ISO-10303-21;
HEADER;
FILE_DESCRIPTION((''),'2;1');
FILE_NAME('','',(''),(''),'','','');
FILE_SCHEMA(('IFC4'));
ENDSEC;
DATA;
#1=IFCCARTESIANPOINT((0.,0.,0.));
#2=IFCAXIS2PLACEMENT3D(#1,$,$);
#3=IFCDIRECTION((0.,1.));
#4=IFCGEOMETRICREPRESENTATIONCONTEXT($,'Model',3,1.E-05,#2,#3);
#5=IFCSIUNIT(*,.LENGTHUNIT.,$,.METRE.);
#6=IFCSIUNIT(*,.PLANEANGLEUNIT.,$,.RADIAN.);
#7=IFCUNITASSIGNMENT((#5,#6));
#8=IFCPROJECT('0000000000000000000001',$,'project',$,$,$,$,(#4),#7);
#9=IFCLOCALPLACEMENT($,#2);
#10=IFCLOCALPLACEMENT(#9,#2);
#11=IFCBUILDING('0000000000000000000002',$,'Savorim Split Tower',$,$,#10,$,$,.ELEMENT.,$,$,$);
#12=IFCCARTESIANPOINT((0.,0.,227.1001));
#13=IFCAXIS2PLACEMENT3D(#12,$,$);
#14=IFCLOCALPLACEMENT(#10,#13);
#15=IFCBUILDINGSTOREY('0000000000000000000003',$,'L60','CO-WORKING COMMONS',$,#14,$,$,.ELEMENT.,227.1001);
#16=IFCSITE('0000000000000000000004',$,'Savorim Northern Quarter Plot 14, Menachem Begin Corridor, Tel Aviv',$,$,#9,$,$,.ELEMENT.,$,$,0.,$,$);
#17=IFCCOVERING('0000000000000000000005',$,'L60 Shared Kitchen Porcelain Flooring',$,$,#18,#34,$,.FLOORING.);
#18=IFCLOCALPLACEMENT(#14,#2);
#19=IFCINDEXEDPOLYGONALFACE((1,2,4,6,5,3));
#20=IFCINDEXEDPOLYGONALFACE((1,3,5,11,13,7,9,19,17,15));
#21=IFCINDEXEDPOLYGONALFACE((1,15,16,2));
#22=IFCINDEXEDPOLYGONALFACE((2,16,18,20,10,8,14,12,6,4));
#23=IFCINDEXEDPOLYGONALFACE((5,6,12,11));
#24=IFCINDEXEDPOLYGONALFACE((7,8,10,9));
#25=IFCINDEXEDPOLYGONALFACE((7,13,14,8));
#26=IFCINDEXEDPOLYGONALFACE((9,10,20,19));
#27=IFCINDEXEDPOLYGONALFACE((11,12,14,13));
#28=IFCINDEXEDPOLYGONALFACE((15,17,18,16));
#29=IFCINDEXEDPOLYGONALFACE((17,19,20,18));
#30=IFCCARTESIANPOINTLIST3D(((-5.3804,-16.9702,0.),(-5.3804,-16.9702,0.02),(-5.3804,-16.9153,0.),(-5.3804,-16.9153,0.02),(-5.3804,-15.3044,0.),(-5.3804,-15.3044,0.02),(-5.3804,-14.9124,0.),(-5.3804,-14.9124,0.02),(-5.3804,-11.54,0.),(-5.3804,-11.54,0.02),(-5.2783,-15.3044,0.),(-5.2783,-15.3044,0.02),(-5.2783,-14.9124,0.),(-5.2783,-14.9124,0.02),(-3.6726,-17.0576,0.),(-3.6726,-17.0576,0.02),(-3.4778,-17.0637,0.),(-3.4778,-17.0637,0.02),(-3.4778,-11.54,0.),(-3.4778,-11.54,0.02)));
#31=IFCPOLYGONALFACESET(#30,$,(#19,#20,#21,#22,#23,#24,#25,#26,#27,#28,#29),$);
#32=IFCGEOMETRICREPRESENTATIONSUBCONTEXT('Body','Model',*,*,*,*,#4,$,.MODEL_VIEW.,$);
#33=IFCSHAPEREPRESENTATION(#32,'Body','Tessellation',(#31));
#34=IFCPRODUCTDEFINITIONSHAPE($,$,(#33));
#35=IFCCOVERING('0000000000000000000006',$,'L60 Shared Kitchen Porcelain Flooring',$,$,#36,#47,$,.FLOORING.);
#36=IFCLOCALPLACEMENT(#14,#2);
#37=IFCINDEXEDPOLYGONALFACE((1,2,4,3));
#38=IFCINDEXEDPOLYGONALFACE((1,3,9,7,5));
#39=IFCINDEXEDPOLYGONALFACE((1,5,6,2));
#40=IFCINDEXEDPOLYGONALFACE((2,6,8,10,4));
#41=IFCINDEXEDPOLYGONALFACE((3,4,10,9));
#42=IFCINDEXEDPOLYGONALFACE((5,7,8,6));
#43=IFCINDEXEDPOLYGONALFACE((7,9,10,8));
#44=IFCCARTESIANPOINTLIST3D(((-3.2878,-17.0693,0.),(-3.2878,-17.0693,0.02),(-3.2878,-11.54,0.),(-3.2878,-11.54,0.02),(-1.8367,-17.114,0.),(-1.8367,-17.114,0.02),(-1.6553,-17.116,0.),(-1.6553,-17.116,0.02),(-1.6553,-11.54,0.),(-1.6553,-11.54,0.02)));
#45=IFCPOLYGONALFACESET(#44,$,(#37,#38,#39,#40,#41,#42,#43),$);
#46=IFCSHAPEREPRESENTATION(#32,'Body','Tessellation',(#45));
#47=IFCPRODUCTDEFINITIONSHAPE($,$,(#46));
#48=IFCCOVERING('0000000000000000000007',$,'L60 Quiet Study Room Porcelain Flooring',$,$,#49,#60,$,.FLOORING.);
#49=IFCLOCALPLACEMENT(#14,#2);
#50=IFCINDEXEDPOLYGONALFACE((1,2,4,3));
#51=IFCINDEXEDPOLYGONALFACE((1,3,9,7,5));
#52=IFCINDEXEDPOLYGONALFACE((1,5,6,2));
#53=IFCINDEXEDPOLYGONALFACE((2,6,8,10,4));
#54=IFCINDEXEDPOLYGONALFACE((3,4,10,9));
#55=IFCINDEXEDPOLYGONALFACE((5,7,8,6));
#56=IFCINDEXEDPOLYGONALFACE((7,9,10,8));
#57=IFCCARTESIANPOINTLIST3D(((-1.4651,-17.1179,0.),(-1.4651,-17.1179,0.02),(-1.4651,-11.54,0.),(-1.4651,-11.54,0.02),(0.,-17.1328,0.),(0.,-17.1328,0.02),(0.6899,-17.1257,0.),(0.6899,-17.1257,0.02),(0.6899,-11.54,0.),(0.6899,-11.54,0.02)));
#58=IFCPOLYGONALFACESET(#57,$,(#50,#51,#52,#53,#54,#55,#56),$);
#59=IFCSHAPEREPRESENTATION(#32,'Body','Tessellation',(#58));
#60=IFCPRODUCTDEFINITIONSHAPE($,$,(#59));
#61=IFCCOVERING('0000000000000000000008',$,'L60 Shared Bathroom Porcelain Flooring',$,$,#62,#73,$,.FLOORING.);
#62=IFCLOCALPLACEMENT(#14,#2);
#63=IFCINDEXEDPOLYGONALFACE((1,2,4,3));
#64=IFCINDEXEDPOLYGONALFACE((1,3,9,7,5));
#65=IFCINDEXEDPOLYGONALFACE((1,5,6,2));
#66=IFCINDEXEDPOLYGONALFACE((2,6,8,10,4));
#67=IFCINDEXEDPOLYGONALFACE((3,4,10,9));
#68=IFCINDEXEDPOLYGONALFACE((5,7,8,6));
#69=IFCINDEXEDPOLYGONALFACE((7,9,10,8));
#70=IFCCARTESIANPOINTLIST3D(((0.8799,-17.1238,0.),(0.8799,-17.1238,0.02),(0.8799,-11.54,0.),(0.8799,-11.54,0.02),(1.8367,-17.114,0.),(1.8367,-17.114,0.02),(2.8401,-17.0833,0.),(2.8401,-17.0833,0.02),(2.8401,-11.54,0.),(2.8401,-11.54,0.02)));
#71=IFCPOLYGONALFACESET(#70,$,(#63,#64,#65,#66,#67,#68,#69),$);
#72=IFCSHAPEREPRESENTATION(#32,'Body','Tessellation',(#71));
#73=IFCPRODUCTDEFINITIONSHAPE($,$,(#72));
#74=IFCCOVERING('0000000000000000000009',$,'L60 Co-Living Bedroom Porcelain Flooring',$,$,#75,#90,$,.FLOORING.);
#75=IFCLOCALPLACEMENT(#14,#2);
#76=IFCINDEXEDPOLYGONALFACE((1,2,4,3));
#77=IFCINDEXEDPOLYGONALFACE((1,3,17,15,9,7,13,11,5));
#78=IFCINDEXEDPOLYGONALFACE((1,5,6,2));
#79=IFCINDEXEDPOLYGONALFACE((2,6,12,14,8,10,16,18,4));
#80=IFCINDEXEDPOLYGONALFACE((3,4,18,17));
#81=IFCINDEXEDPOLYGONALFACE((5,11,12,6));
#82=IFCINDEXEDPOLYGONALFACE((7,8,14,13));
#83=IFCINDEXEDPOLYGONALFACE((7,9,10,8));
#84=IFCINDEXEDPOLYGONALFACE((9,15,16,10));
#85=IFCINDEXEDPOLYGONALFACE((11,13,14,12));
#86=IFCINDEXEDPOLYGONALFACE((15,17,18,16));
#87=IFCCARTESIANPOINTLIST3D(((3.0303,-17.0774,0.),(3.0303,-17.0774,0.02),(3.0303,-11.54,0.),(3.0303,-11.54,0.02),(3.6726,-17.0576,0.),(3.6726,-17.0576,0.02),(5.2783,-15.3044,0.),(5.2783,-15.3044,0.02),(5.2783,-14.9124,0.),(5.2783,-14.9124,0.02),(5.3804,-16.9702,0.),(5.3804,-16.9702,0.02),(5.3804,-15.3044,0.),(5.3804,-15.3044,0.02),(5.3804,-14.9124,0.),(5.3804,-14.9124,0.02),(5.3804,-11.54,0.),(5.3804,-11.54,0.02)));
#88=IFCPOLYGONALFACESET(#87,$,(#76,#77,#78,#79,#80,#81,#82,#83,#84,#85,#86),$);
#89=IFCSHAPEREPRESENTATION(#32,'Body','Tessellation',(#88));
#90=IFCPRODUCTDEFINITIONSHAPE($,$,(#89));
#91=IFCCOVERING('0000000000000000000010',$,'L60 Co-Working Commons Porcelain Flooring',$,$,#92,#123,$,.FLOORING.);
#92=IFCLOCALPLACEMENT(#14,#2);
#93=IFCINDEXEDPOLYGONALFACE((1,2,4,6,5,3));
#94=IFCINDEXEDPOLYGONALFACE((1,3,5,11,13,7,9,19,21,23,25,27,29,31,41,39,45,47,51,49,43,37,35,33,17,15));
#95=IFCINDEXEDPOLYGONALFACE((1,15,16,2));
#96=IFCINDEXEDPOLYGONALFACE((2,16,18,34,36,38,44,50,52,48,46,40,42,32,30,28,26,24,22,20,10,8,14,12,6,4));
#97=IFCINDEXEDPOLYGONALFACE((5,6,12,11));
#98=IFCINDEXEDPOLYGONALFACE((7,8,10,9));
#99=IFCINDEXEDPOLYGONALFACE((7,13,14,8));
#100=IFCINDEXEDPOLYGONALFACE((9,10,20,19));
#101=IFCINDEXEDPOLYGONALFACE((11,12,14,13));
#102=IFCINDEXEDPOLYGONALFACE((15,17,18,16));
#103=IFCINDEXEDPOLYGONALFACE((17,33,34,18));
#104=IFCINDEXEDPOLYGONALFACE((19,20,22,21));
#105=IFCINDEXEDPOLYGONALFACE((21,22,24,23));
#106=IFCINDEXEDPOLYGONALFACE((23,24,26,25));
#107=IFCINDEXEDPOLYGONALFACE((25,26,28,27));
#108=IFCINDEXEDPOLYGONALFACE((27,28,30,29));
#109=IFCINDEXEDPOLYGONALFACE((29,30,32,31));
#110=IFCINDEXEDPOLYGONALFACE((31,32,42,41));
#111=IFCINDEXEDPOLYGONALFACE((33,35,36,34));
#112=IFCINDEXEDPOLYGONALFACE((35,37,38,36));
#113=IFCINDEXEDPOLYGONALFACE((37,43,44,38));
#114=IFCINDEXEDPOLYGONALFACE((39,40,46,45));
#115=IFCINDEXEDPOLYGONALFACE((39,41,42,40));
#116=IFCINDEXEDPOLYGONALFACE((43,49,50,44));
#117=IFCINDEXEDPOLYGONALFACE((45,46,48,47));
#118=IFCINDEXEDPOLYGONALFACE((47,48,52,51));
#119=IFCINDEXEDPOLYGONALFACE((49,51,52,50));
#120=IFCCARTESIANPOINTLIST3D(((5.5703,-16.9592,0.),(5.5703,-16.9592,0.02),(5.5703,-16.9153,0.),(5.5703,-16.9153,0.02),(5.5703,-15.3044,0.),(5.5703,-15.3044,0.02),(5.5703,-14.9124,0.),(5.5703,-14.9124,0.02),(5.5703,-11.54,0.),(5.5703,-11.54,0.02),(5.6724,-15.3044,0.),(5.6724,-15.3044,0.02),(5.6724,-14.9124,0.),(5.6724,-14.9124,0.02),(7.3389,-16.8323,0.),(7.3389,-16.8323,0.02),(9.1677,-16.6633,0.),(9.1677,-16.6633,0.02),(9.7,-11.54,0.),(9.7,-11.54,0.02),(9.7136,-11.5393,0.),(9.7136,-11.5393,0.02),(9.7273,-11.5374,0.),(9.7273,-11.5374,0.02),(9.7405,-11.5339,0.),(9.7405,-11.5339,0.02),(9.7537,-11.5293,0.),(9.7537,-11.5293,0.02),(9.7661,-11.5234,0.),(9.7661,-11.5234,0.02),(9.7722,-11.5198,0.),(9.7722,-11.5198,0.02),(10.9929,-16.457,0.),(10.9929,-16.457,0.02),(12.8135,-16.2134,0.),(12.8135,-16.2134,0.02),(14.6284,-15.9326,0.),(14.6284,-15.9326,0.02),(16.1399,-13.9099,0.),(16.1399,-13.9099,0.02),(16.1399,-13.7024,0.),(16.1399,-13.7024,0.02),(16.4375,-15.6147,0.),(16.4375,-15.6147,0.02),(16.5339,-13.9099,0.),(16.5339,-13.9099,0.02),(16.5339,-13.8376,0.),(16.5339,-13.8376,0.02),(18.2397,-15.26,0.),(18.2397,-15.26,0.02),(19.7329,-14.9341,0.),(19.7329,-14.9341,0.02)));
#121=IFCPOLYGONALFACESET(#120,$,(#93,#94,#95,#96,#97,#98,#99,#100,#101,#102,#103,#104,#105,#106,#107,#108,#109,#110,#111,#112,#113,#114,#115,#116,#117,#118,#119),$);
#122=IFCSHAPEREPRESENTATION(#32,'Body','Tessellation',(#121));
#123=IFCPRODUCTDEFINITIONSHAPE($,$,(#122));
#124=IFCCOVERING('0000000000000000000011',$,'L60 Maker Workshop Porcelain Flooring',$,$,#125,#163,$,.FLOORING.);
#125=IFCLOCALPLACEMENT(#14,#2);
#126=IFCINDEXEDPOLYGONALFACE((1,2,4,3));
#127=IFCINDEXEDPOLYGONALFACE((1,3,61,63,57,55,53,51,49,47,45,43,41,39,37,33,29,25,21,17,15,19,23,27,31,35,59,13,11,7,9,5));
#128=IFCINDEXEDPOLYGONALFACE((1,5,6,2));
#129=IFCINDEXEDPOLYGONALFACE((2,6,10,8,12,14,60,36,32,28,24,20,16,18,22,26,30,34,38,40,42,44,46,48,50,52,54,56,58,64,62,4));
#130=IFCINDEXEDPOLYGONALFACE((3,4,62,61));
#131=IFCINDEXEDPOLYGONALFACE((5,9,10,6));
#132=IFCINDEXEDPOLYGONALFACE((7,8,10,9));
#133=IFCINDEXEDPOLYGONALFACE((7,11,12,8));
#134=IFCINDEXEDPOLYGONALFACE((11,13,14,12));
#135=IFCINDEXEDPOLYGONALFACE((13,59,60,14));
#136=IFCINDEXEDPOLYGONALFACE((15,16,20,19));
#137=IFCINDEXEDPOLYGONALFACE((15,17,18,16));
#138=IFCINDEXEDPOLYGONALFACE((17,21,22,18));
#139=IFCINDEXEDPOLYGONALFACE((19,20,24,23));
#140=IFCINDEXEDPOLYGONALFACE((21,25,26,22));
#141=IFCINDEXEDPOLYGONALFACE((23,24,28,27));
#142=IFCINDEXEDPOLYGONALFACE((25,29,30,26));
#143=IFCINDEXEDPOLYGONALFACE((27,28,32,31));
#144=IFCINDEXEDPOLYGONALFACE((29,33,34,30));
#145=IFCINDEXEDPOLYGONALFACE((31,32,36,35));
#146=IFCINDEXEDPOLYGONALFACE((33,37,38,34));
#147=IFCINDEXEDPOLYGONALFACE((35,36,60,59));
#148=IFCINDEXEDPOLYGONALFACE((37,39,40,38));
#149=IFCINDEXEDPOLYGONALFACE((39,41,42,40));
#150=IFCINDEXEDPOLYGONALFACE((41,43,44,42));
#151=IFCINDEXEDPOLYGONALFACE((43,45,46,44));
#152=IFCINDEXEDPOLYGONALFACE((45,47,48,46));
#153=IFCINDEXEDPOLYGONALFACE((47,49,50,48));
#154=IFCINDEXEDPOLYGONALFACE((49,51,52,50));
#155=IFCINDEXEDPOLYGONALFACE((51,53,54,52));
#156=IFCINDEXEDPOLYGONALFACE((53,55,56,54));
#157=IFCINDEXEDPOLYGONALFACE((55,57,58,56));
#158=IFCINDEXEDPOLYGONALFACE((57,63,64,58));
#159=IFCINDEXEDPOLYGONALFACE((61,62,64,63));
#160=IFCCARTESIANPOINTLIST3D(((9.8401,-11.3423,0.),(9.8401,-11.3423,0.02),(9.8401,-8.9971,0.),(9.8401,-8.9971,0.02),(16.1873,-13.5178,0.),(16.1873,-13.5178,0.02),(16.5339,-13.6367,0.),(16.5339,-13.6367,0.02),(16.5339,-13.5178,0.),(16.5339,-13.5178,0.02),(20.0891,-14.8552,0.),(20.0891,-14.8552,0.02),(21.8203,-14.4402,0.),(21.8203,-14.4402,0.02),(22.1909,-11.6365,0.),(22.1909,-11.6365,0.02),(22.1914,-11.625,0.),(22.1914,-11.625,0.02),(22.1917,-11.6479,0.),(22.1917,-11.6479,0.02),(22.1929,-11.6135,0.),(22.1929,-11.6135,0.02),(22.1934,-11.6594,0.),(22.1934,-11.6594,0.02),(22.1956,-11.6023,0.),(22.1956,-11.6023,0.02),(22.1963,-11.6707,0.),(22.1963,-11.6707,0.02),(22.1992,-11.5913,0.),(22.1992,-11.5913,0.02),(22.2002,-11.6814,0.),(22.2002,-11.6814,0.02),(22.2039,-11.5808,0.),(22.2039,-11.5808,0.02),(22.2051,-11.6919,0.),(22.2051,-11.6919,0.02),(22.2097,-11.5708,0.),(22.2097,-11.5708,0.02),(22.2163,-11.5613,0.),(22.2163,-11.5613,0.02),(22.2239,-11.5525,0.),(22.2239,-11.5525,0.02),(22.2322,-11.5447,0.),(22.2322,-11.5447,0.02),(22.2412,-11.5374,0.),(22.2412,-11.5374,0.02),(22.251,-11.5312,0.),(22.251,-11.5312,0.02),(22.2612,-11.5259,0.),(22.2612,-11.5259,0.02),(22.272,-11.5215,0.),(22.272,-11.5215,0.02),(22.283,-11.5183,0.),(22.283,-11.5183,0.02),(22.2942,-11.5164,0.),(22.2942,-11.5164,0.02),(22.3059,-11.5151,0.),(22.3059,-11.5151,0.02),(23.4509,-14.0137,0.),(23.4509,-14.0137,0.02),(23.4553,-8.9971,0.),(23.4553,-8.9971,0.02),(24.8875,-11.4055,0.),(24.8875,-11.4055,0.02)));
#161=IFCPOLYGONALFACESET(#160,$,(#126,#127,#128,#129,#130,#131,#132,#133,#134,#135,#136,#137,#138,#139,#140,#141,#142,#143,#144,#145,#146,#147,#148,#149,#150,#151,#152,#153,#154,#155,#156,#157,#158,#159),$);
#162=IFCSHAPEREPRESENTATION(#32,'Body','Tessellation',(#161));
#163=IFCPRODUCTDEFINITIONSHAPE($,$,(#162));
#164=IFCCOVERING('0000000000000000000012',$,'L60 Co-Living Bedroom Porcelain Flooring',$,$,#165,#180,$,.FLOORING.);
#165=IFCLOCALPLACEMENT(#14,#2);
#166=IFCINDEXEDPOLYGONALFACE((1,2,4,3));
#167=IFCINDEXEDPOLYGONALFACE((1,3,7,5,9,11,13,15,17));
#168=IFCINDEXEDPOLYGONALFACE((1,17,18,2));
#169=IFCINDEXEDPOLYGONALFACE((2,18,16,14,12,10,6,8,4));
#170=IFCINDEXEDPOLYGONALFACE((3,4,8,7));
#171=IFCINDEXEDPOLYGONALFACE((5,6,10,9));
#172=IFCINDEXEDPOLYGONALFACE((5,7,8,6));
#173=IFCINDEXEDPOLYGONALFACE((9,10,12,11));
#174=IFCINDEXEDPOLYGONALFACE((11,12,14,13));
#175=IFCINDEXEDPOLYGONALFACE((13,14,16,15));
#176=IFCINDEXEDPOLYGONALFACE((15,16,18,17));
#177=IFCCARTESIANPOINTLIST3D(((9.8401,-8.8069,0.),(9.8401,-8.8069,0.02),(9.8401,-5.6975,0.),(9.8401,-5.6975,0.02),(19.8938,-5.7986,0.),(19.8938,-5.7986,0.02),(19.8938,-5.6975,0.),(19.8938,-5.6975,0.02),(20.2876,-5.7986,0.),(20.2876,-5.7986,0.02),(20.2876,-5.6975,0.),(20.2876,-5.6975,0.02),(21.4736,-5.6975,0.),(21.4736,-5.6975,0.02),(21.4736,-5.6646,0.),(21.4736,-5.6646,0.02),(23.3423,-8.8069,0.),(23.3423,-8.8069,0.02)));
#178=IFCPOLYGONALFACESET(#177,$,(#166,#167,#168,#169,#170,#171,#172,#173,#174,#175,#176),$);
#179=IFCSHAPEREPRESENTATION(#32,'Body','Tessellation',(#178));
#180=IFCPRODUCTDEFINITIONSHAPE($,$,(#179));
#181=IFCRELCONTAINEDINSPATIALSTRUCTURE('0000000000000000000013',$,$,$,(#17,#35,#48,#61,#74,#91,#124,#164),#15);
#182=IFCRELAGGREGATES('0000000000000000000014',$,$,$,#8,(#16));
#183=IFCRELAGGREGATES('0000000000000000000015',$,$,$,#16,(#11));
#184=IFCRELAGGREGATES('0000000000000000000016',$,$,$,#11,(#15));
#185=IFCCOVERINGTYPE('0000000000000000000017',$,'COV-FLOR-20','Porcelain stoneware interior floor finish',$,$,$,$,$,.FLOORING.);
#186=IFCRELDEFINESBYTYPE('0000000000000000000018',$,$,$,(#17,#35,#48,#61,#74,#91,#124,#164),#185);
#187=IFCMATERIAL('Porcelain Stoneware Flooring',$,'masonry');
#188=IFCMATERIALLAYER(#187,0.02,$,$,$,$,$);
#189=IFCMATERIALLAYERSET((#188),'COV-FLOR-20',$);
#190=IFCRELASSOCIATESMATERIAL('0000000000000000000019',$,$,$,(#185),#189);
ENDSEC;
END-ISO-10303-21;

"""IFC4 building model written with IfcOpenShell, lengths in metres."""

from ifc_helpers import new_model, si_unit, direction, frame, origin, place, context, subcontext, project, spatial, polyline, outline, extrude, material, layer, layer_set, type_object, element, save


model = new_model("IFC4")

# Units and contexts
model_context = context("Model", 3, precision=1e-05, world=origin(), true_north=direction((0.0, 1.0)))
body_context = subcontext(model_context, "Body", "Model", "MODEL_VIEW")
ifc_project = project(units=[si_unit("LENGTHUNIT", "METRE"), si_unit("PLANEANGLEUNIT", "RADIAN")], contexts=[model_context])

# Site, building, storey
site_placement = place(None, origin())
site = spatial("IfcSite", under=ifc_project, at=site_placement, Name="Savorim Northern Quarter Plot 14, Menachem Begin Corridor, Tel Aviv", CompositionType="ELEMENT", RefElevation=0.0)
building_placement = place(site_placement, origin())
building = spatial("IfcBuilding", under=site, at=building_placement, Name="Savorim Split Tower", CompositionType="ELEMENT")
storey_placement = place(building_placement, frame((0.0, 0.0, 227.1001)))
storey = spatial("IfcBuildingStorey", under=building, at=storey_placement, Name="L60", Description="CO-WORKING COMMONS", CompositionType="ELEMENT", Elevation=227.1001)

# Coverings
ifc_material_1 = material(Name="Porcelain Stoneware Flooring", Category="masonry")
ifc_layer_1 = layer(ifc_material_1, 0.02)
ifc_layer_set_1 = layer_set([ifc_layer_1], Name="COV-FLOR-20")
covering_type_1 = type_object("IfcCoveringType", Name="COV-FLOR-20", Description="Porcelain stoneware interior floor finish", PredefinedType="FLOORING", material=ifc_layer_set_1)
covering_1_placement = place(storey_placement, origin())
element("IfcCovering", 1, at=covering_1_placement, inside=storey, type_object=covering_type_1, Name="L60 Shared Kitchen Porcelain Flooring", PredefinedType="FLOORING", context=body_context, shape_type="SweptSolid", body=[
    extrude(outline(polyline([(-5.3804, -16.9153), (-5.3804, -16.9702), (-3.6726, -17.0576), (-3.4778, -17.0637), (-3.4778, -11.54), (-5.3804, -11.54), (-5.3804, -14.9124), (-5.2783, -14.9124), (-5.2783, -15.3044), (-5.3804, -15.3044), (-5.3804, -16.9153)])), origin(), (0.0, 0.0, 1.0), 0.02),
])
covering_2_placement = place(storey_placement, origin())
element("IfcCovering", 2, at=covering_2_placement, inside=storey, type_object=covering_type_1, Name="L60 Shared Kitchen Porcelain Flooring", PredefinedType="FLOORING", context=body_context, shape_type="SweptSolid", body=[
    extrude(outline(polyline([(-3.2878, -11.54), (-3.2878, -17.0693), (-1.8367, -17.114), (-1.6553, -17.116), (-1.6553, -11.54), (-3.2878, -11.54)])), origin(), (0.0, 0.0, 1.0), 0.02),
])
covering_3_placement = place(storey_placement, origin())
element("IfcCovering", 3, at=covering_3_placement, inside=storey, type_object=covering_type_1, Name="L60 Quiet Study Room Porcelain Flooring", PredefinedType="FLOORING", context=body_context, shape_type="SweptSolid", body=[
    extrude(outline(polyline([(-1.4651, -11.54), (-1.4651, -17.1179), (0.0, -17.1328), (0.6899, -17.1257), (0.6899, -11.54), (-1.4651, -11.54)])), origin(), (0.0, 0.0, 1.0), 0.02),
])
covering_4_placement = place(storey_placement, origin())
element("IfcCovering", 4, at=covering_4_placement, inside=storey, type_object=covering_type_1, Name="L60 Shared Bathroom Porcelain Flooring", PredefinedType="FLOORING", context=body_context, shape_type="SweptSolid", body=[
    extrude(outline(polyline([(0.8799, -11.54), (0.8799, -17.1238), (1.8367, -17.114), (2.8401, -17.0833), (2.8401, -11.54), (0.8799, -11.54)])), origin(), (0.0, 0.0, 1.0), 0.02),
])
covering_5_placement = place(storey_placement, origin())
element("IfcCovering", 5, at=covering_5_placement, inside=storey, type_object=covering_type_1, Name="L60 Co-Living Bedroom Porcelain Flooring", PredefinedType="FLOORING", context=body_context, shape_type="SweptSolid", body=[
    extrude(outline(polyline([(5.3804, -11.54), (3.0303, -11.54), (3.0303, -17.0774), (3.6726, -17.0576), (5.3804, -16.9702), (5.3804, -15.3044), (5.2783, -15.3044), (5.2783, -14.9124), (5.3804, -14.9124), (5.3804, -11.54)])), origin(), (0.0, 0.0, 1.0), 0.02),
])
covering_6_placement = place(storey_placement, origin())
element("IfcCovering", 6, at=covering_6_placement, inside=storey, type_object=covering_type_1, Name="L60 Co-Working Commons Porcelain Flooring", PredefinedType="FLOORING", context=body_context, shape_type="SweptSolid", body=[
    extrude(outline(polyline([(14.6284, -15.9326), (16.4375, -15.6147), (18.2397, -15.26), (19.7329, -14.9341), (16.5339, -13.8376), (16.5339, -13.9099), (16.1399, -13.9099), (16.1399, -13.7024), (9.7722, -11.5198), (9.7661, -11.5234), (9.7537, -11.5293), (9.7405, -11.5339), (9.7273, -11.5374), (9.7136, -11.5393), (9.7, -11.54), (5.5703, -11.54), (5.5703, -14.9124), (5.6724, -14.9124), (5.6724, -15.3044), (5.5703, -15.3044), (5.5703, -16.9153), (5.5703, -16.9592), (7.3389, -16.8323), (9.1677, -16.6633), (10.9929, -16.457), (12.8135, -16.2134), (14.6284, -15.9326)])), origin(), (0.0, 0.0, 1.0), 0.02),
])
covering_7_placement = place(storey_placement, origin())
element("IfcCovering", 7, at=covering_7_placement, inside=storey, type_object=covering_type_1, Name="L60 Maker Workshop Porcelain Flooring", PredefinedType="FLOORING", context=body_context, shape_type="SweptSolid", body=[
    extrude(outline(polyline([(22.283, -11.5183), (22.2942, -11.5164), (22.3059, -11.5151), (24.8875, -11.4055), (23.4553, -8.9971), (9.8401, -8.9971), (9.8401, -11.3423), (16.1873, -13.5178), (16.5339, -13.5178), (16.5339, -13.6367), (20.0891, -14.8552), (21.8203, -14.4402), (23.4509, -14.0137), (22.2051, -11.6919), (22.2002, -11.6814), (22.1963, -11.6707), (22.1934, -11.6594), (22.1917, -11.6479), (22.1909, -11.6365), (22.1914, -11.625), (22.1929, -11.6135), (22.1956, -11.6023), (22.1992, -11.5913), (22.2039, -11.5808), (22.2097, -11.5708), (22.2163, -11.5613), (22.2239, -11.5525), (22.2322, -11.5447), (22.2412, -11.5374), (22.251, -11.5312), (22.2612, -11.5259), (22.272, -11.5215), (22.283, -11.5183)])), origin(), (0.0, 0.0, 1.0), 0.02),
])
covering_8_placement = place(storey_placement, origin())
element("IfcCovering", 8, at=covering_8_placement, inside=storey, type_object=covering_type_1, Name="L60 Co-Living Bedroom Porcelain Flooring", PredefinedType="FLOORING", context=body_context, shape_type="SweptSolid", body=[
    extrude(outline(polyline([(19.8938, -5.7986), (19.8938, -5.6975), (9.8401, -5.6975), (9.8401, -8.8069), (23.3423, -8.8069), (21.4736, -5.6646), (21.4736, -5.6975), (20.2876, -5.6975), (20.2876, -5.7986), (19.8938, -5.7986)])), origin(), (0.0, 0.0, 1.0), 0.02),
])

save(model, "model.ifc")
